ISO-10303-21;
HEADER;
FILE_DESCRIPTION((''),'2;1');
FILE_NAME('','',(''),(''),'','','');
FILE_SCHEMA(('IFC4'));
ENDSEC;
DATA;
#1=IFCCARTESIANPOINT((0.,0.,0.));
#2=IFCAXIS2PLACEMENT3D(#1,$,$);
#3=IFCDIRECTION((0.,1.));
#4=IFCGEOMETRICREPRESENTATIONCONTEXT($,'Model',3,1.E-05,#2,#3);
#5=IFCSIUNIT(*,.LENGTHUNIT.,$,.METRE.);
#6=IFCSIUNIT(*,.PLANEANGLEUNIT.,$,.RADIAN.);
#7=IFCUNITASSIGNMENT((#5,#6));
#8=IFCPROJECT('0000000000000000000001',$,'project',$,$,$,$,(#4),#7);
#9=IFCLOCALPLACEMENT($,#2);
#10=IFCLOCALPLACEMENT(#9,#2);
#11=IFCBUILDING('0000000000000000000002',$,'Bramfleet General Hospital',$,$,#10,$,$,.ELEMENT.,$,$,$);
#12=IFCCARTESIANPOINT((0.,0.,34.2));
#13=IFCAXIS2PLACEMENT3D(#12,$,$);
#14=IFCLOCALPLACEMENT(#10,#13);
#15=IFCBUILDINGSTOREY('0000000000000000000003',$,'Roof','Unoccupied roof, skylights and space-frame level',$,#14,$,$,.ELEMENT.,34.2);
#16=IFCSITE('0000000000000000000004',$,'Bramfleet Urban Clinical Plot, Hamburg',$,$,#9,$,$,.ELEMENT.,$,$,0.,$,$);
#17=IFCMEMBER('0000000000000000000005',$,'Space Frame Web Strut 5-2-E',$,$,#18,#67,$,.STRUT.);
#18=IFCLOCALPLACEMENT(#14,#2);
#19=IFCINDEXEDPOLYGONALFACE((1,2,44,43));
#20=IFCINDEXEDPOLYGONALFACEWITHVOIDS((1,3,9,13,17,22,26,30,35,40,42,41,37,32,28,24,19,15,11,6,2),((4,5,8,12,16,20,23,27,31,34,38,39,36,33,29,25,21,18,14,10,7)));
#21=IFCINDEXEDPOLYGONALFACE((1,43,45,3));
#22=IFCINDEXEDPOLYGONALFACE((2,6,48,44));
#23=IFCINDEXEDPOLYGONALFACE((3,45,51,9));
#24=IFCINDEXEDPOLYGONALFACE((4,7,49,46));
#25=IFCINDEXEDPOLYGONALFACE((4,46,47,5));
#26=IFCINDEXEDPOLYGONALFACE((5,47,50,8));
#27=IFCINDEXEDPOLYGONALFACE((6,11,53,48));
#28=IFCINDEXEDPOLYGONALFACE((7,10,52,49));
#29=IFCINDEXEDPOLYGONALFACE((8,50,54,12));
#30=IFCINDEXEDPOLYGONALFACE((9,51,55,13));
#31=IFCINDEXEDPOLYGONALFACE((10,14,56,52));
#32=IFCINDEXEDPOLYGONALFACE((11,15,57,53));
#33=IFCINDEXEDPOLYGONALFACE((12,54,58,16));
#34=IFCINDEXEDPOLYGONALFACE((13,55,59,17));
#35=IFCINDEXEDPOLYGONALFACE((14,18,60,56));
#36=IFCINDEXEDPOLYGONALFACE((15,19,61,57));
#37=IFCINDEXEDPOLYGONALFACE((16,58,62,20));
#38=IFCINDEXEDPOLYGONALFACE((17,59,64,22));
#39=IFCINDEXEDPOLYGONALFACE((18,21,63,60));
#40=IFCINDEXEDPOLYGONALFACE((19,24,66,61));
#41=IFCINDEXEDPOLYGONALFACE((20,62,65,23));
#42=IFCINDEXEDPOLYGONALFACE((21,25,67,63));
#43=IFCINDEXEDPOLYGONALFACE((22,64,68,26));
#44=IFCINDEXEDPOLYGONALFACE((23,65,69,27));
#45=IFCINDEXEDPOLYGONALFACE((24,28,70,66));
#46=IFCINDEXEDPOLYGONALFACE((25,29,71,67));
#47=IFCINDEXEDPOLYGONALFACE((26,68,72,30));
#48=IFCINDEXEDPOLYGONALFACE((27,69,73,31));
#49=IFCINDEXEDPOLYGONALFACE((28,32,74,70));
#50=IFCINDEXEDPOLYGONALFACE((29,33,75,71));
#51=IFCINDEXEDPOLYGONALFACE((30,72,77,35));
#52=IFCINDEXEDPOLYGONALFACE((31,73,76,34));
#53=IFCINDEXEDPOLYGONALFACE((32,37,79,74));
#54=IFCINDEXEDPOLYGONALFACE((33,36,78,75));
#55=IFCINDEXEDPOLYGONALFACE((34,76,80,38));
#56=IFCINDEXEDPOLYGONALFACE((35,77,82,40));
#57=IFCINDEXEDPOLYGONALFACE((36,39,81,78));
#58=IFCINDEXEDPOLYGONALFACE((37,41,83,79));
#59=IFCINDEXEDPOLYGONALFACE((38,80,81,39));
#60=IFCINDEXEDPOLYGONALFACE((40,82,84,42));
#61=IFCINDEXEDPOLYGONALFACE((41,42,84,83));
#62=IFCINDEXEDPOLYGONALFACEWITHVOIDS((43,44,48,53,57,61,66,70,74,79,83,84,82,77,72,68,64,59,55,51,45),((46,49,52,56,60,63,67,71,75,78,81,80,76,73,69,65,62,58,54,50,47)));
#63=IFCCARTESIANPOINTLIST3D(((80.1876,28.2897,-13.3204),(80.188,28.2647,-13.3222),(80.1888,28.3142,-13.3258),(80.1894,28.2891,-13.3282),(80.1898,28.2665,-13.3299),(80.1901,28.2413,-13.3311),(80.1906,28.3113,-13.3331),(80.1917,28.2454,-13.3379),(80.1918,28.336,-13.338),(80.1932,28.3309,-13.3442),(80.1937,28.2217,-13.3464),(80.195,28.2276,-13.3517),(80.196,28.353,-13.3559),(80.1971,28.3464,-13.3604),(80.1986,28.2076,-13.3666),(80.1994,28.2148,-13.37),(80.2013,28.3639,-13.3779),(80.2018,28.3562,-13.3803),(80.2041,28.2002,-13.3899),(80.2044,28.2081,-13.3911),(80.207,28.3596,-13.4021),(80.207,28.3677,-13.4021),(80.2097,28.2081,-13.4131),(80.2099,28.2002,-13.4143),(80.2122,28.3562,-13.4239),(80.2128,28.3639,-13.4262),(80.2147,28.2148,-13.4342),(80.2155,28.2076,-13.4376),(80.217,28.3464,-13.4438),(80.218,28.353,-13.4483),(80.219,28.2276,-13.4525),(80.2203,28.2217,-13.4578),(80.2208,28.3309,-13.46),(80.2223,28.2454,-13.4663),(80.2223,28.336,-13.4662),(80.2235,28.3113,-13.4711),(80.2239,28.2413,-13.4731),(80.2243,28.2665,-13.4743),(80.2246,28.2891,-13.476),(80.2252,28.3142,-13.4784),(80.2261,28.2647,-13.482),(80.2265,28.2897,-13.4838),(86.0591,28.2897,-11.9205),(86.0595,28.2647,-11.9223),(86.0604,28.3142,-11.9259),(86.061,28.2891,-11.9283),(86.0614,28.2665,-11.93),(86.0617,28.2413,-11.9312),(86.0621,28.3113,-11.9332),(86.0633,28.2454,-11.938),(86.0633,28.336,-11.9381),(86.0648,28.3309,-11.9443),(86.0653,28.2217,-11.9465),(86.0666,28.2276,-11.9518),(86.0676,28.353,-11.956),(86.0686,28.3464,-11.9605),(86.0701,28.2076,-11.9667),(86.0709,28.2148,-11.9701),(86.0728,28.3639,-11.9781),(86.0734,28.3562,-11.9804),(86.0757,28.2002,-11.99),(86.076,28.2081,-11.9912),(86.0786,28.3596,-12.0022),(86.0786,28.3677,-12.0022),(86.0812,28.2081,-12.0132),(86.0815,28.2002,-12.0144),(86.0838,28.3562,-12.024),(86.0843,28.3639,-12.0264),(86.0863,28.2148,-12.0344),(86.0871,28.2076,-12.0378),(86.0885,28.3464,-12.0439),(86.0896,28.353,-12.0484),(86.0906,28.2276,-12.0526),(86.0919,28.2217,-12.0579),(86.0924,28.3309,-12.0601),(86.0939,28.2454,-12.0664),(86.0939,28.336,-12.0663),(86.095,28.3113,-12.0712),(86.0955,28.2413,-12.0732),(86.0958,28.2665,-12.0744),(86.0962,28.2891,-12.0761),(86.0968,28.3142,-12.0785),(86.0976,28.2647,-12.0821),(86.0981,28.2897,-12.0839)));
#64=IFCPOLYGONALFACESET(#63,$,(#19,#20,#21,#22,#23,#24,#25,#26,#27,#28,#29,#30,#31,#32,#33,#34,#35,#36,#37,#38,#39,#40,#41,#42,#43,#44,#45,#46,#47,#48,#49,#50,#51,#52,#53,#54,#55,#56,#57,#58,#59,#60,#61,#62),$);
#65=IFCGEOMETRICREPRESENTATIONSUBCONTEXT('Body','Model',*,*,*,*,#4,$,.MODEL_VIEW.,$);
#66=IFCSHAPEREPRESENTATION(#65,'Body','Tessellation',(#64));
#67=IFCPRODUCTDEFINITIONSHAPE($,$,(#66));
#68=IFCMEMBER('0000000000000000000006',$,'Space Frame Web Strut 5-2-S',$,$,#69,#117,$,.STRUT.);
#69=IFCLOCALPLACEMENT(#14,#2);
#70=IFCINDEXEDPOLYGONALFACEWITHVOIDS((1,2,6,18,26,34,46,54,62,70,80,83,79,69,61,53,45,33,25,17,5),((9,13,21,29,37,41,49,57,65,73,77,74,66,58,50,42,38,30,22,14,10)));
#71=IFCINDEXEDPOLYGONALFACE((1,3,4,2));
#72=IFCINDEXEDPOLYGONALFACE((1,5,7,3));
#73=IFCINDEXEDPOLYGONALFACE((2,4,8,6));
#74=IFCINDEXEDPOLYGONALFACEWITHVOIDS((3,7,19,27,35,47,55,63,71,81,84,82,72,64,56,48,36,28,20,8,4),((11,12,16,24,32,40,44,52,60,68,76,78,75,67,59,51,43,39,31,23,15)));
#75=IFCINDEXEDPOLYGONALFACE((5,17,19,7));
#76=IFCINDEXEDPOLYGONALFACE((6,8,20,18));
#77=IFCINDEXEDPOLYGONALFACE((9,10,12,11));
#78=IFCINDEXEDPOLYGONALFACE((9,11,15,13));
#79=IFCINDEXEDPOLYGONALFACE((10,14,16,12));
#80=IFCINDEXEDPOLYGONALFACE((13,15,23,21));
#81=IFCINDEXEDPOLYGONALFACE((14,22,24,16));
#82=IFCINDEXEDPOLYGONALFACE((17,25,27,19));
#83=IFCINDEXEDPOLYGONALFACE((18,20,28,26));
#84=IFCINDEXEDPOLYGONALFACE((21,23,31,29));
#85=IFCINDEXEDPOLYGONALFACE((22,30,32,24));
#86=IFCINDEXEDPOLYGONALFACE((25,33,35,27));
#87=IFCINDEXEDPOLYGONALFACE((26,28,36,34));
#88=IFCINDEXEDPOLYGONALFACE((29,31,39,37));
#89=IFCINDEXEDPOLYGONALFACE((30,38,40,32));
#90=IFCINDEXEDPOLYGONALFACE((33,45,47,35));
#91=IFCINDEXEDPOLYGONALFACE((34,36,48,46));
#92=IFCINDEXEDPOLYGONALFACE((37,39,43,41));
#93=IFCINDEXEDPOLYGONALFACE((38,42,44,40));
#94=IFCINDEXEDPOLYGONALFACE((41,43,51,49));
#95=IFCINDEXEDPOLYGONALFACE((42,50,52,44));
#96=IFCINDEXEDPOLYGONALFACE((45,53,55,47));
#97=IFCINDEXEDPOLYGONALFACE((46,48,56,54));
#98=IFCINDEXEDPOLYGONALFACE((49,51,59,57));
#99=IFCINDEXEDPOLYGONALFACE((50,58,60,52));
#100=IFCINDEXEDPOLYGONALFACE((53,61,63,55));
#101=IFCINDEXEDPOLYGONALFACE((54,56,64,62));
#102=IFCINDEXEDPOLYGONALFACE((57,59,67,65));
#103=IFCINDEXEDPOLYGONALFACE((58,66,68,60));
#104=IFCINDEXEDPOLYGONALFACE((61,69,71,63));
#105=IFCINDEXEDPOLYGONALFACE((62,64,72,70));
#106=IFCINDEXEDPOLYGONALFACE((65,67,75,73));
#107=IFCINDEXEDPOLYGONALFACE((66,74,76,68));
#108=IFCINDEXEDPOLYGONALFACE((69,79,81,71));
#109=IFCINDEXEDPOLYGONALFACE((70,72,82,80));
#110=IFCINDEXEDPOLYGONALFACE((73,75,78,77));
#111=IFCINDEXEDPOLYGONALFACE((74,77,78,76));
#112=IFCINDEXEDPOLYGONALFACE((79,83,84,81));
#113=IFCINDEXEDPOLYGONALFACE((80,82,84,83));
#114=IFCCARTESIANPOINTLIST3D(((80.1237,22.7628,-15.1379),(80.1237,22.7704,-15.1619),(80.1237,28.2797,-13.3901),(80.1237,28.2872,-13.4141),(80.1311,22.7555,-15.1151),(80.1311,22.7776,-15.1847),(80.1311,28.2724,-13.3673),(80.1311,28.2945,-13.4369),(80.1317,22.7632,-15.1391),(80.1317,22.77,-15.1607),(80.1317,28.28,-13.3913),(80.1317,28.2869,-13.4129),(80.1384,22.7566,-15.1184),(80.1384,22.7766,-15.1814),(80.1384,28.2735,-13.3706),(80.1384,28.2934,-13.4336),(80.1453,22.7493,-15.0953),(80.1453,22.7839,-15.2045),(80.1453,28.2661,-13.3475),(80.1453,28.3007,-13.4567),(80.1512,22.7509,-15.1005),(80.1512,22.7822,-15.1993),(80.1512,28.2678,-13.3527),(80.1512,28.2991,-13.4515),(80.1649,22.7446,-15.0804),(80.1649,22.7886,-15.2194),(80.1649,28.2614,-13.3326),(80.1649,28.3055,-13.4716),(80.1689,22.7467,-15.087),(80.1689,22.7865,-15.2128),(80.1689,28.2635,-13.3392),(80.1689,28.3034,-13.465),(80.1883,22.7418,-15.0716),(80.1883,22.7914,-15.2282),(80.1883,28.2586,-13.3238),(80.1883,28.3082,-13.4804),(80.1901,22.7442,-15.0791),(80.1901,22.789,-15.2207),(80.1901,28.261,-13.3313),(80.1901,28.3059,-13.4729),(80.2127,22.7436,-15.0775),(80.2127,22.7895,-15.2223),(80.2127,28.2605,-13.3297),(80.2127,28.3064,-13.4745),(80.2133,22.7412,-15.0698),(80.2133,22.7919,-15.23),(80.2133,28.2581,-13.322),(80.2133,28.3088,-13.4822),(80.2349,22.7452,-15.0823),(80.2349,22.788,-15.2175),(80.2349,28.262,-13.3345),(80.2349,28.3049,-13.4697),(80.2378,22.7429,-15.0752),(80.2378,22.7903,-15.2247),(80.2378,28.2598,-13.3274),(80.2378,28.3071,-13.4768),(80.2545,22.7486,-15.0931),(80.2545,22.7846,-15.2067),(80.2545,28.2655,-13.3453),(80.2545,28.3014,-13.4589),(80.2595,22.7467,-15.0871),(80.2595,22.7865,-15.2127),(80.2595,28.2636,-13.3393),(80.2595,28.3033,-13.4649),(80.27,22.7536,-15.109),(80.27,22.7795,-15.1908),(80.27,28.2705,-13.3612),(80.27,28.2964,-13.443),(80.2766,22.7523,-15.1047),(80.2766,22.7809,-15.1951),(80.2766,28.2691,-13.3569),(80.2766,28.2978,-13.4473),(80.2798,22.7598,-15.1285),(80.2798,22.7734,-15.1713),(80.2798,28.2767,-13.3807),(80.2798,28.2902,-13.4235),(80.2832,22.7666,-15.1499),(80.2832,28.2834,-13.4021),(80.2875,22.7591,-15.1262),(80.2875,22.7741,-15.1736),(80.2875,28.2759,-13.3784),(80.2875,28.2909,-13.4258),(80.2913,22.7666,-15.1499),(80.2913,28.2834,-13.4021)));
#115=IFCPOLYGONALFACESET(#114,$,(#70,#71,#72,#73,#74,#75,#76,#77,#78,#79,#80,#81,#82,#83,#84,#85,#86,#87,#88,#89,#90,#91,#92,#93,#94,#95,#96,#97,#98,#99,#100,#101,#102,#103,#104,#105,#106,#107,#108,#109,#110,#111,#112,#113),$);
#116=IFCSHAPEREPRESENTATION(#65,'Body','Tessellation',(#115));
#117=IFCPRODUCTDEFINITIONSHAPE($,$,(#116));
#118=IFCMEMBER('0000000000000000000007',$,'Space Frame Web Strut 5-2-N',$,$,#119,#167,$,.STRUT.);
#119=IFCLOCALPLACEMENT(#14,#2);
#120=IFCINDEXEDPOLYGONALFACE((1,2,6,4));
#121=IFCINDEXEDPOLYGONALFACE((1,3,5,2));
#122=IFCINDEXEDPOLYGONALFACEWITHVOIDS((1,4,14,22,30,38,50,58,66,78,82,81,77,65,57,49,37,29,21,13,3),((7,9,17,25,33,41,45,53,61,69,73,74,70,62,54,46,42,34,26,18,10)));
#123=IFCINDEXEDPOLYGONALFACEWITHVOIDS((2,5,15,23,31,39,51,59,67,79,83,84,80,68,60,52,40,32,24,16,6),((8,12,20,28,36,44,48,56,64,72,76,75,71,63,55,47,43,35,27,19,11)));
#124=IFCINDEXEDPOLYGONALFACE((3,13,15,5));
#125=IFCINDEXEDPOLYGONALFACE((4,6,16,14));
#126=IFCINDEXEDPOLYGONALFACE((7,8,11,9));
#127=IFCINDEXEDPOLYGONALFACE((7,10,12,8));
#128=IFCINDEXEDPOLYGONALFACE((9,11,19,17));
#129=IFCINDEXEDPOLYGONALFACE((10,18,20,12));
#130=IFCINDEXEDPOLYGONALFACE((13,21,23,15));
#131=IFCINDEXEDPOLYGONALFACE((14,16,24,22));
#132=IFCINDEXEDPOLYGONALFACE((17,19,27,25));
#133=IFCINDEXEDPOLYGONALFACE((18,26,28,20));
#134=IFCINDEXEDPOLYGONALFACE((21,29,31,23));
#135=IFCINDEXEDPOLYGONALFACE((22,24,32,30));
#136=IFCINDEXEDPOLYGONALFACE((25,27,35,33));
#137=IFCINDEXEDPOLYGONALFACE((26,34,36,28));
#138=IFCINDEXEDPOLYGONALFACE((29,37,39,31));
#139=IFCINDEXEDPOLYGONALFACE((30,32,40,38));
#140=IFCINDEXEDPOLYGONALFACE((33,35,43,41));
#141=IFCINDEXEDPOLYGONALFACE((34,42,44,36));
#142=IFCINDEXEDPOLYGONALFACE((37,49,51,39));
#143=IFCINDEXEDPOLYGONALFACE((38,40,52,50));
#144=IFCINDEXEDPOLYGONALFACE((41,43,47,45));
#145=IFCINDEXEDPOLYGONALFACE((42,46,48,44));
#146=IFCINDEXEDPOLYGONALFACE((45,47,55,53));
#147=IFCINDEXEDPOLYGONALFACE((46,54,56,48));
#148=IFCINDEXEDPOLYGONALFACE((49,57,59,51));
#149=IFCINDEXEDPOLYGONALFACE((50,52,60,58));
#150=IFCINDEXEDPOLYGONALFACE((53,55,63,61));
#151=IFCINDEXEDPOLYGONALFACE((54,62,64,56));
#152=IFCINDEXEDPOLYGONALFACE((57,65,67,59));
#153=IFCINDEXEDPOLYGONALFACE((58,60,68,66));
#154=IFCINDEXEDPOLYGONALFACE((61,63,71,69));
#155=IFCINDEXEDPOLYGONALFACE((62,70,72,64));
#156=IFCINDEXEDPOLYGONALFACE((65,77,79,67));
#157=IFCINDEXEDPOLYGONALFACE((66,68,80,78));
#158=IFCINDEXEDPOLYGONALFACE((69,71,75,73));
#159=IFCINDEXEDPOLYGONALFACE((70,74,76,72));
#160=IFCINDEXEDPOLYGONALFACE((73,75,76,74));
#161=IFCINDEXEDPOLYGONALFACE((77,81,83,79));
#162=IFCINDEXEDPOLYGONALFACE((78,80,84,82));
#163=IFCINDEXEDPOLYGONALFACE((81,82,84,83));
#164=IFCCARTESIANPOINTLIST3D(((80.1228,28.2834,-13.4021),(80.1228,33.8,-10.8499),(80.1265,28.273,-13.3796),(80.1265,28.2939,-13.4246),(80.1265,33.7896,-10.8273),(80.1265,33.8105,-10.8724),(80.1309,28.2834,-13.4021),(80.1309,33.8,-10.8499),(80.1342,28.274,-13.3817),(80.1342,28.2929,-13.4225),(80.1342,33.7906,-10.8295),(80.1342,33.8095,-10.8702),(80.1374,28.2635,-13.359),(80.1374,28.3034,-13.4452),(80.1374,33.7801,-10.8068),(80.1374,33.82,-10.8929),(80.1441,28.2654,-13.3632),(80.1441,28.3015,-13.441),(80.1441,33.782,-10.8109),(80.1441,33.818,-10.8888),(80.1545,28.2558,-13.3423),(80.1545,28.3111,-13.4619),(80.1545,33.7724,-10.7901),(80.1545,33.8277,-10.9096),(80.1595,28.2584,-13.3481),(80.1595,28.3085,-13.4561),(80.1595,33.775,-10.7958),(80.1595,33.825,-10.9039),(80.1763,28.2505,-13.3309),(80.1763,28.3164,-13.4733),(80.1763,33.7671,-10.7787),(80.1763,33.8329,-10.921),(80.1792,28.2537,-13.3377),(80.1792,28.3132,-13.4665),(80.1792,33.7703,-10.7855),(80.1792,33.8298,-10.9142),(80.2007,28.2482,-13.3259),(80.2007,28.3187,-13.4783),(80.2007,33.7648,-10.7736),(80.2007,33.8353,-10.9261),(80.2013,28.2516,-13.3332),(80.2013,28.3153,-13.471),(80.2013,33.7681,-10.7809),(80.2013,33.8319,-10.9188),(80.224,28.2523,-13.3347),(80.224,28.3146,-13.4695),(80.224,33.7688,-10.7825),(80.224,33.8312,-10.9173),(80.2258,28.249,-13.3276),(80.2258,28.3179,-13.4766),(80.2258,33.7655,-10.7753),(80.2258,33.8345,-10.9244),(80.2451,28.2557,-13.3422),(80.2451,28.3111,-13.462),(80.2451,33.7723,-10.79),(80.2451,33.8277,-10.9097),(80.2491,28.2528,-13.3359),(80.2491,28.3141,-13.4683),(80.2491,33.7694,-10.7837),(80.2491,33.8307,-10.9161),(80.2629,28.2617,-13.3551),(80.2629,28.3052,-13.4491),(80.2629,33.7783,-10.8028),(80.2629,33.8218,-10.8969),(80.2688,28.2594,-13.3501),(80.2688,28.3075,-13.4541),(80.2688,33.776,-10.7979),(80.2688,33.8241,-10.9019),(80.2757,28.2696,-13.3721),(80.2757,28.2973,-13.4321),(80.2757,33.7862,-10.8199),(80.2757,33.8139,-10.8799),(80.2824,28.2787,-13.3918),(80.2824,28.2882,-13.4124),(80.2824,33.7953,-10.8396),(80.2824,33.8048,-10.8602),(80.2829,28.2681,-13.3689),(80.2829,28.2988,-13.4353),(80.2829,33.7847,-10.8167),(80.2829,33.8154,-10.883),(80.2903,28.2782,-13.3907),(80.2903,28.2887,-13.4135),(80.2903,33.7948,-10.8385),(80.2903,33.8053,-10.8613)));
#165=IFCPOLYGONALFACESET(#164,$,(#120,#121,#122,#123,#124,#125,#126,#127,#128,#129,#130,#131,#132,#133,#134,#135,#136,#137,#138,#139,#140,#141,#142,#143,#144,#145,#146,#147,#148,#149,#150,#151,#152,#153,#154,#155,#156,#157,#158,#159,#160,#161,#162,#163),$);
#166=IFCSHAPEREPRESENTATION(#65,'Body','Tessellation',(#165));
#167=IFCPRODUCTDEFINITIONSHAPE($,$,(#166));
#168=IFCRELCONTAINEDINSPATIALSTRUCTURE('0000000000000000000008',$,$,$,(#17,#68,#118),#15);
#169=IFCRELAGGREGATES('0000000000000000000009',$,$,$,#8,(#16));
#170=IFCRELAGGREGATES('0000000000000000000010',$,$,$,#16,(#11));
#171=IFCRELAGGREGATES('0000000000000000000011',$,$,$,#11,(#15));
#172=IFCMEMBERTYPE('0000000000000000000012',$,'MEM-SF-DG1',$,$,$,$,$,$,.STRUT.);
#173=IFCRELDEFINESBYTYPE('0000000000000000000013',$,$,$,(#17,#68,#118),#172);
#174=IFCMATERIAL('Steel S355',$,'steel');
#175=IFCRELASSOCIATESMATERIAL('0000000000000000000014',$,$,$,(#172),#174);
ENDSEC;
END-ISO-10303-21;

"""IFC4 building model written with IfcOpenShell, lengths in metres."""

from ifc_helpers import new_model, si_unit, direction, frame, origin, origin_2d, place, context, subcontext, project, spatial, hollow_circle, extrude, material, material_profile, profile_set, type_object, element, save


model = new_model("IFC4")

# Units and contexts
model_context = context("Model", 3, precision=1e-05, world=origin(), true_north=direction((0.0, 1.0)))
body_context = subcontext(model_context, "Body", "Model", "MODEL_VIEW")
ifc_project = project(units=[si_unit("LENGTHUNIT", "METRE"), si_unit("PLANEANGLEUNIT", "RADIAN")], contexts=[model_context])

# Site, building, storey
site_placement = place(None, origin())
site = spatial("IfcSite", under=ifc_project, at=site_placement, Name="Bramfleet Urban Clinical Plot, Hamburg", CompositionType="ELEMENT", RefElevation=0.0)
building_placement = place(site_placement, origin())
building = spatial("IfcBuilding", under=site, at=building_placement, Name="Bramfleet General Hospital", CompositionType="ELEMENT")
storey_placement = place(building_placement, frame((0.0, 0.0, 34.2)))
storey = spatial("IfcBuildingStorey", under=building, at=storey_placement, Name="Roof", Description="Unoccupied roof, skylights and space-frame level", CompositionType="ELEMENT", Elevation=34.2)

# Members
ifc_material_1 = material(Name="Steel S355", Category="steel")
ifc_material_profile_1 = material_profile(ifc_material_1, hollow_circle(Radius=0.0842, WallThickness=0.0081, at=origin_2d()), Name="CHS 168.3x8.0")
ifc_profile_set_1 = profile_set([ifc_material_profile_1], Name="Steel S355")
member_type_1 = type_object("IfcMemberType", Name="MEM-SF-DG1", PredefinedType="STRUT", material=ifc_profile_set_1)
member_1_placement = place(storey_placement, frame((80.207, 28.2834, -13.4021), z_axis=(0.972735, 0.0, 0.231919), x_axis=(0.0, 1.0, 0.0)))
element("IfcMember", 1, at=member_1_placement, inside=storey, type_object=member_type_1, Name="Space Frame Web Strut 5-2-E", PredefinedType="STRUT", context=body_context, shape_type="SweptSolid", body=[
    extrude(hollow_circle(Radius=0.0842, WallThickness=0.0081, at=origin_2d()), origin(), (0.0, 0.0, 1.0), 6.0361),
])
member_2_placement = place(storey_placement, frame((80.207, 28.2834, -13.4021), z_axis=(0.0, -0.953302, -0.302018), x_axis=(1.0, 0.0, 0.0)))
element("IfcMember", 2, at=member_2_placement, inside=storey, type_object=member_type_1, Name="Space Frame Web Strut 5-2-S", PredefinedType="STRUT", context=body_context, shape_type="SweptSolid", body=[
    extrude(hollow_circle(Radius=0.0842, WallThickness=0.0081, at=origin_2d()), origin(), (0.0, 0.0, 1.0), 5.7871),
])
member_3_placement = place(storey_placement, frame((80.207, 28.2834, -13.4021), z_axis=(0.0, 0.907576, 0.419888), x_axis=(-1.0, 0.0, 0.0)))
element("IfcMember", 3, at=member_3_placement, inside=storey, type_object=member_type_1, Name="Space Frame Web Strut 5-2-N", PredefinedType="STRUT", context=body_context, shape_type="SweptSolid", body=[
    extrude(hollow_circle(Radius=0.0842, WallThickness=0.0081, at=origin_2d()), origin(), (0.0, 0.0, 1.0), 6.0784),
])

save(model, "model.ifc")
